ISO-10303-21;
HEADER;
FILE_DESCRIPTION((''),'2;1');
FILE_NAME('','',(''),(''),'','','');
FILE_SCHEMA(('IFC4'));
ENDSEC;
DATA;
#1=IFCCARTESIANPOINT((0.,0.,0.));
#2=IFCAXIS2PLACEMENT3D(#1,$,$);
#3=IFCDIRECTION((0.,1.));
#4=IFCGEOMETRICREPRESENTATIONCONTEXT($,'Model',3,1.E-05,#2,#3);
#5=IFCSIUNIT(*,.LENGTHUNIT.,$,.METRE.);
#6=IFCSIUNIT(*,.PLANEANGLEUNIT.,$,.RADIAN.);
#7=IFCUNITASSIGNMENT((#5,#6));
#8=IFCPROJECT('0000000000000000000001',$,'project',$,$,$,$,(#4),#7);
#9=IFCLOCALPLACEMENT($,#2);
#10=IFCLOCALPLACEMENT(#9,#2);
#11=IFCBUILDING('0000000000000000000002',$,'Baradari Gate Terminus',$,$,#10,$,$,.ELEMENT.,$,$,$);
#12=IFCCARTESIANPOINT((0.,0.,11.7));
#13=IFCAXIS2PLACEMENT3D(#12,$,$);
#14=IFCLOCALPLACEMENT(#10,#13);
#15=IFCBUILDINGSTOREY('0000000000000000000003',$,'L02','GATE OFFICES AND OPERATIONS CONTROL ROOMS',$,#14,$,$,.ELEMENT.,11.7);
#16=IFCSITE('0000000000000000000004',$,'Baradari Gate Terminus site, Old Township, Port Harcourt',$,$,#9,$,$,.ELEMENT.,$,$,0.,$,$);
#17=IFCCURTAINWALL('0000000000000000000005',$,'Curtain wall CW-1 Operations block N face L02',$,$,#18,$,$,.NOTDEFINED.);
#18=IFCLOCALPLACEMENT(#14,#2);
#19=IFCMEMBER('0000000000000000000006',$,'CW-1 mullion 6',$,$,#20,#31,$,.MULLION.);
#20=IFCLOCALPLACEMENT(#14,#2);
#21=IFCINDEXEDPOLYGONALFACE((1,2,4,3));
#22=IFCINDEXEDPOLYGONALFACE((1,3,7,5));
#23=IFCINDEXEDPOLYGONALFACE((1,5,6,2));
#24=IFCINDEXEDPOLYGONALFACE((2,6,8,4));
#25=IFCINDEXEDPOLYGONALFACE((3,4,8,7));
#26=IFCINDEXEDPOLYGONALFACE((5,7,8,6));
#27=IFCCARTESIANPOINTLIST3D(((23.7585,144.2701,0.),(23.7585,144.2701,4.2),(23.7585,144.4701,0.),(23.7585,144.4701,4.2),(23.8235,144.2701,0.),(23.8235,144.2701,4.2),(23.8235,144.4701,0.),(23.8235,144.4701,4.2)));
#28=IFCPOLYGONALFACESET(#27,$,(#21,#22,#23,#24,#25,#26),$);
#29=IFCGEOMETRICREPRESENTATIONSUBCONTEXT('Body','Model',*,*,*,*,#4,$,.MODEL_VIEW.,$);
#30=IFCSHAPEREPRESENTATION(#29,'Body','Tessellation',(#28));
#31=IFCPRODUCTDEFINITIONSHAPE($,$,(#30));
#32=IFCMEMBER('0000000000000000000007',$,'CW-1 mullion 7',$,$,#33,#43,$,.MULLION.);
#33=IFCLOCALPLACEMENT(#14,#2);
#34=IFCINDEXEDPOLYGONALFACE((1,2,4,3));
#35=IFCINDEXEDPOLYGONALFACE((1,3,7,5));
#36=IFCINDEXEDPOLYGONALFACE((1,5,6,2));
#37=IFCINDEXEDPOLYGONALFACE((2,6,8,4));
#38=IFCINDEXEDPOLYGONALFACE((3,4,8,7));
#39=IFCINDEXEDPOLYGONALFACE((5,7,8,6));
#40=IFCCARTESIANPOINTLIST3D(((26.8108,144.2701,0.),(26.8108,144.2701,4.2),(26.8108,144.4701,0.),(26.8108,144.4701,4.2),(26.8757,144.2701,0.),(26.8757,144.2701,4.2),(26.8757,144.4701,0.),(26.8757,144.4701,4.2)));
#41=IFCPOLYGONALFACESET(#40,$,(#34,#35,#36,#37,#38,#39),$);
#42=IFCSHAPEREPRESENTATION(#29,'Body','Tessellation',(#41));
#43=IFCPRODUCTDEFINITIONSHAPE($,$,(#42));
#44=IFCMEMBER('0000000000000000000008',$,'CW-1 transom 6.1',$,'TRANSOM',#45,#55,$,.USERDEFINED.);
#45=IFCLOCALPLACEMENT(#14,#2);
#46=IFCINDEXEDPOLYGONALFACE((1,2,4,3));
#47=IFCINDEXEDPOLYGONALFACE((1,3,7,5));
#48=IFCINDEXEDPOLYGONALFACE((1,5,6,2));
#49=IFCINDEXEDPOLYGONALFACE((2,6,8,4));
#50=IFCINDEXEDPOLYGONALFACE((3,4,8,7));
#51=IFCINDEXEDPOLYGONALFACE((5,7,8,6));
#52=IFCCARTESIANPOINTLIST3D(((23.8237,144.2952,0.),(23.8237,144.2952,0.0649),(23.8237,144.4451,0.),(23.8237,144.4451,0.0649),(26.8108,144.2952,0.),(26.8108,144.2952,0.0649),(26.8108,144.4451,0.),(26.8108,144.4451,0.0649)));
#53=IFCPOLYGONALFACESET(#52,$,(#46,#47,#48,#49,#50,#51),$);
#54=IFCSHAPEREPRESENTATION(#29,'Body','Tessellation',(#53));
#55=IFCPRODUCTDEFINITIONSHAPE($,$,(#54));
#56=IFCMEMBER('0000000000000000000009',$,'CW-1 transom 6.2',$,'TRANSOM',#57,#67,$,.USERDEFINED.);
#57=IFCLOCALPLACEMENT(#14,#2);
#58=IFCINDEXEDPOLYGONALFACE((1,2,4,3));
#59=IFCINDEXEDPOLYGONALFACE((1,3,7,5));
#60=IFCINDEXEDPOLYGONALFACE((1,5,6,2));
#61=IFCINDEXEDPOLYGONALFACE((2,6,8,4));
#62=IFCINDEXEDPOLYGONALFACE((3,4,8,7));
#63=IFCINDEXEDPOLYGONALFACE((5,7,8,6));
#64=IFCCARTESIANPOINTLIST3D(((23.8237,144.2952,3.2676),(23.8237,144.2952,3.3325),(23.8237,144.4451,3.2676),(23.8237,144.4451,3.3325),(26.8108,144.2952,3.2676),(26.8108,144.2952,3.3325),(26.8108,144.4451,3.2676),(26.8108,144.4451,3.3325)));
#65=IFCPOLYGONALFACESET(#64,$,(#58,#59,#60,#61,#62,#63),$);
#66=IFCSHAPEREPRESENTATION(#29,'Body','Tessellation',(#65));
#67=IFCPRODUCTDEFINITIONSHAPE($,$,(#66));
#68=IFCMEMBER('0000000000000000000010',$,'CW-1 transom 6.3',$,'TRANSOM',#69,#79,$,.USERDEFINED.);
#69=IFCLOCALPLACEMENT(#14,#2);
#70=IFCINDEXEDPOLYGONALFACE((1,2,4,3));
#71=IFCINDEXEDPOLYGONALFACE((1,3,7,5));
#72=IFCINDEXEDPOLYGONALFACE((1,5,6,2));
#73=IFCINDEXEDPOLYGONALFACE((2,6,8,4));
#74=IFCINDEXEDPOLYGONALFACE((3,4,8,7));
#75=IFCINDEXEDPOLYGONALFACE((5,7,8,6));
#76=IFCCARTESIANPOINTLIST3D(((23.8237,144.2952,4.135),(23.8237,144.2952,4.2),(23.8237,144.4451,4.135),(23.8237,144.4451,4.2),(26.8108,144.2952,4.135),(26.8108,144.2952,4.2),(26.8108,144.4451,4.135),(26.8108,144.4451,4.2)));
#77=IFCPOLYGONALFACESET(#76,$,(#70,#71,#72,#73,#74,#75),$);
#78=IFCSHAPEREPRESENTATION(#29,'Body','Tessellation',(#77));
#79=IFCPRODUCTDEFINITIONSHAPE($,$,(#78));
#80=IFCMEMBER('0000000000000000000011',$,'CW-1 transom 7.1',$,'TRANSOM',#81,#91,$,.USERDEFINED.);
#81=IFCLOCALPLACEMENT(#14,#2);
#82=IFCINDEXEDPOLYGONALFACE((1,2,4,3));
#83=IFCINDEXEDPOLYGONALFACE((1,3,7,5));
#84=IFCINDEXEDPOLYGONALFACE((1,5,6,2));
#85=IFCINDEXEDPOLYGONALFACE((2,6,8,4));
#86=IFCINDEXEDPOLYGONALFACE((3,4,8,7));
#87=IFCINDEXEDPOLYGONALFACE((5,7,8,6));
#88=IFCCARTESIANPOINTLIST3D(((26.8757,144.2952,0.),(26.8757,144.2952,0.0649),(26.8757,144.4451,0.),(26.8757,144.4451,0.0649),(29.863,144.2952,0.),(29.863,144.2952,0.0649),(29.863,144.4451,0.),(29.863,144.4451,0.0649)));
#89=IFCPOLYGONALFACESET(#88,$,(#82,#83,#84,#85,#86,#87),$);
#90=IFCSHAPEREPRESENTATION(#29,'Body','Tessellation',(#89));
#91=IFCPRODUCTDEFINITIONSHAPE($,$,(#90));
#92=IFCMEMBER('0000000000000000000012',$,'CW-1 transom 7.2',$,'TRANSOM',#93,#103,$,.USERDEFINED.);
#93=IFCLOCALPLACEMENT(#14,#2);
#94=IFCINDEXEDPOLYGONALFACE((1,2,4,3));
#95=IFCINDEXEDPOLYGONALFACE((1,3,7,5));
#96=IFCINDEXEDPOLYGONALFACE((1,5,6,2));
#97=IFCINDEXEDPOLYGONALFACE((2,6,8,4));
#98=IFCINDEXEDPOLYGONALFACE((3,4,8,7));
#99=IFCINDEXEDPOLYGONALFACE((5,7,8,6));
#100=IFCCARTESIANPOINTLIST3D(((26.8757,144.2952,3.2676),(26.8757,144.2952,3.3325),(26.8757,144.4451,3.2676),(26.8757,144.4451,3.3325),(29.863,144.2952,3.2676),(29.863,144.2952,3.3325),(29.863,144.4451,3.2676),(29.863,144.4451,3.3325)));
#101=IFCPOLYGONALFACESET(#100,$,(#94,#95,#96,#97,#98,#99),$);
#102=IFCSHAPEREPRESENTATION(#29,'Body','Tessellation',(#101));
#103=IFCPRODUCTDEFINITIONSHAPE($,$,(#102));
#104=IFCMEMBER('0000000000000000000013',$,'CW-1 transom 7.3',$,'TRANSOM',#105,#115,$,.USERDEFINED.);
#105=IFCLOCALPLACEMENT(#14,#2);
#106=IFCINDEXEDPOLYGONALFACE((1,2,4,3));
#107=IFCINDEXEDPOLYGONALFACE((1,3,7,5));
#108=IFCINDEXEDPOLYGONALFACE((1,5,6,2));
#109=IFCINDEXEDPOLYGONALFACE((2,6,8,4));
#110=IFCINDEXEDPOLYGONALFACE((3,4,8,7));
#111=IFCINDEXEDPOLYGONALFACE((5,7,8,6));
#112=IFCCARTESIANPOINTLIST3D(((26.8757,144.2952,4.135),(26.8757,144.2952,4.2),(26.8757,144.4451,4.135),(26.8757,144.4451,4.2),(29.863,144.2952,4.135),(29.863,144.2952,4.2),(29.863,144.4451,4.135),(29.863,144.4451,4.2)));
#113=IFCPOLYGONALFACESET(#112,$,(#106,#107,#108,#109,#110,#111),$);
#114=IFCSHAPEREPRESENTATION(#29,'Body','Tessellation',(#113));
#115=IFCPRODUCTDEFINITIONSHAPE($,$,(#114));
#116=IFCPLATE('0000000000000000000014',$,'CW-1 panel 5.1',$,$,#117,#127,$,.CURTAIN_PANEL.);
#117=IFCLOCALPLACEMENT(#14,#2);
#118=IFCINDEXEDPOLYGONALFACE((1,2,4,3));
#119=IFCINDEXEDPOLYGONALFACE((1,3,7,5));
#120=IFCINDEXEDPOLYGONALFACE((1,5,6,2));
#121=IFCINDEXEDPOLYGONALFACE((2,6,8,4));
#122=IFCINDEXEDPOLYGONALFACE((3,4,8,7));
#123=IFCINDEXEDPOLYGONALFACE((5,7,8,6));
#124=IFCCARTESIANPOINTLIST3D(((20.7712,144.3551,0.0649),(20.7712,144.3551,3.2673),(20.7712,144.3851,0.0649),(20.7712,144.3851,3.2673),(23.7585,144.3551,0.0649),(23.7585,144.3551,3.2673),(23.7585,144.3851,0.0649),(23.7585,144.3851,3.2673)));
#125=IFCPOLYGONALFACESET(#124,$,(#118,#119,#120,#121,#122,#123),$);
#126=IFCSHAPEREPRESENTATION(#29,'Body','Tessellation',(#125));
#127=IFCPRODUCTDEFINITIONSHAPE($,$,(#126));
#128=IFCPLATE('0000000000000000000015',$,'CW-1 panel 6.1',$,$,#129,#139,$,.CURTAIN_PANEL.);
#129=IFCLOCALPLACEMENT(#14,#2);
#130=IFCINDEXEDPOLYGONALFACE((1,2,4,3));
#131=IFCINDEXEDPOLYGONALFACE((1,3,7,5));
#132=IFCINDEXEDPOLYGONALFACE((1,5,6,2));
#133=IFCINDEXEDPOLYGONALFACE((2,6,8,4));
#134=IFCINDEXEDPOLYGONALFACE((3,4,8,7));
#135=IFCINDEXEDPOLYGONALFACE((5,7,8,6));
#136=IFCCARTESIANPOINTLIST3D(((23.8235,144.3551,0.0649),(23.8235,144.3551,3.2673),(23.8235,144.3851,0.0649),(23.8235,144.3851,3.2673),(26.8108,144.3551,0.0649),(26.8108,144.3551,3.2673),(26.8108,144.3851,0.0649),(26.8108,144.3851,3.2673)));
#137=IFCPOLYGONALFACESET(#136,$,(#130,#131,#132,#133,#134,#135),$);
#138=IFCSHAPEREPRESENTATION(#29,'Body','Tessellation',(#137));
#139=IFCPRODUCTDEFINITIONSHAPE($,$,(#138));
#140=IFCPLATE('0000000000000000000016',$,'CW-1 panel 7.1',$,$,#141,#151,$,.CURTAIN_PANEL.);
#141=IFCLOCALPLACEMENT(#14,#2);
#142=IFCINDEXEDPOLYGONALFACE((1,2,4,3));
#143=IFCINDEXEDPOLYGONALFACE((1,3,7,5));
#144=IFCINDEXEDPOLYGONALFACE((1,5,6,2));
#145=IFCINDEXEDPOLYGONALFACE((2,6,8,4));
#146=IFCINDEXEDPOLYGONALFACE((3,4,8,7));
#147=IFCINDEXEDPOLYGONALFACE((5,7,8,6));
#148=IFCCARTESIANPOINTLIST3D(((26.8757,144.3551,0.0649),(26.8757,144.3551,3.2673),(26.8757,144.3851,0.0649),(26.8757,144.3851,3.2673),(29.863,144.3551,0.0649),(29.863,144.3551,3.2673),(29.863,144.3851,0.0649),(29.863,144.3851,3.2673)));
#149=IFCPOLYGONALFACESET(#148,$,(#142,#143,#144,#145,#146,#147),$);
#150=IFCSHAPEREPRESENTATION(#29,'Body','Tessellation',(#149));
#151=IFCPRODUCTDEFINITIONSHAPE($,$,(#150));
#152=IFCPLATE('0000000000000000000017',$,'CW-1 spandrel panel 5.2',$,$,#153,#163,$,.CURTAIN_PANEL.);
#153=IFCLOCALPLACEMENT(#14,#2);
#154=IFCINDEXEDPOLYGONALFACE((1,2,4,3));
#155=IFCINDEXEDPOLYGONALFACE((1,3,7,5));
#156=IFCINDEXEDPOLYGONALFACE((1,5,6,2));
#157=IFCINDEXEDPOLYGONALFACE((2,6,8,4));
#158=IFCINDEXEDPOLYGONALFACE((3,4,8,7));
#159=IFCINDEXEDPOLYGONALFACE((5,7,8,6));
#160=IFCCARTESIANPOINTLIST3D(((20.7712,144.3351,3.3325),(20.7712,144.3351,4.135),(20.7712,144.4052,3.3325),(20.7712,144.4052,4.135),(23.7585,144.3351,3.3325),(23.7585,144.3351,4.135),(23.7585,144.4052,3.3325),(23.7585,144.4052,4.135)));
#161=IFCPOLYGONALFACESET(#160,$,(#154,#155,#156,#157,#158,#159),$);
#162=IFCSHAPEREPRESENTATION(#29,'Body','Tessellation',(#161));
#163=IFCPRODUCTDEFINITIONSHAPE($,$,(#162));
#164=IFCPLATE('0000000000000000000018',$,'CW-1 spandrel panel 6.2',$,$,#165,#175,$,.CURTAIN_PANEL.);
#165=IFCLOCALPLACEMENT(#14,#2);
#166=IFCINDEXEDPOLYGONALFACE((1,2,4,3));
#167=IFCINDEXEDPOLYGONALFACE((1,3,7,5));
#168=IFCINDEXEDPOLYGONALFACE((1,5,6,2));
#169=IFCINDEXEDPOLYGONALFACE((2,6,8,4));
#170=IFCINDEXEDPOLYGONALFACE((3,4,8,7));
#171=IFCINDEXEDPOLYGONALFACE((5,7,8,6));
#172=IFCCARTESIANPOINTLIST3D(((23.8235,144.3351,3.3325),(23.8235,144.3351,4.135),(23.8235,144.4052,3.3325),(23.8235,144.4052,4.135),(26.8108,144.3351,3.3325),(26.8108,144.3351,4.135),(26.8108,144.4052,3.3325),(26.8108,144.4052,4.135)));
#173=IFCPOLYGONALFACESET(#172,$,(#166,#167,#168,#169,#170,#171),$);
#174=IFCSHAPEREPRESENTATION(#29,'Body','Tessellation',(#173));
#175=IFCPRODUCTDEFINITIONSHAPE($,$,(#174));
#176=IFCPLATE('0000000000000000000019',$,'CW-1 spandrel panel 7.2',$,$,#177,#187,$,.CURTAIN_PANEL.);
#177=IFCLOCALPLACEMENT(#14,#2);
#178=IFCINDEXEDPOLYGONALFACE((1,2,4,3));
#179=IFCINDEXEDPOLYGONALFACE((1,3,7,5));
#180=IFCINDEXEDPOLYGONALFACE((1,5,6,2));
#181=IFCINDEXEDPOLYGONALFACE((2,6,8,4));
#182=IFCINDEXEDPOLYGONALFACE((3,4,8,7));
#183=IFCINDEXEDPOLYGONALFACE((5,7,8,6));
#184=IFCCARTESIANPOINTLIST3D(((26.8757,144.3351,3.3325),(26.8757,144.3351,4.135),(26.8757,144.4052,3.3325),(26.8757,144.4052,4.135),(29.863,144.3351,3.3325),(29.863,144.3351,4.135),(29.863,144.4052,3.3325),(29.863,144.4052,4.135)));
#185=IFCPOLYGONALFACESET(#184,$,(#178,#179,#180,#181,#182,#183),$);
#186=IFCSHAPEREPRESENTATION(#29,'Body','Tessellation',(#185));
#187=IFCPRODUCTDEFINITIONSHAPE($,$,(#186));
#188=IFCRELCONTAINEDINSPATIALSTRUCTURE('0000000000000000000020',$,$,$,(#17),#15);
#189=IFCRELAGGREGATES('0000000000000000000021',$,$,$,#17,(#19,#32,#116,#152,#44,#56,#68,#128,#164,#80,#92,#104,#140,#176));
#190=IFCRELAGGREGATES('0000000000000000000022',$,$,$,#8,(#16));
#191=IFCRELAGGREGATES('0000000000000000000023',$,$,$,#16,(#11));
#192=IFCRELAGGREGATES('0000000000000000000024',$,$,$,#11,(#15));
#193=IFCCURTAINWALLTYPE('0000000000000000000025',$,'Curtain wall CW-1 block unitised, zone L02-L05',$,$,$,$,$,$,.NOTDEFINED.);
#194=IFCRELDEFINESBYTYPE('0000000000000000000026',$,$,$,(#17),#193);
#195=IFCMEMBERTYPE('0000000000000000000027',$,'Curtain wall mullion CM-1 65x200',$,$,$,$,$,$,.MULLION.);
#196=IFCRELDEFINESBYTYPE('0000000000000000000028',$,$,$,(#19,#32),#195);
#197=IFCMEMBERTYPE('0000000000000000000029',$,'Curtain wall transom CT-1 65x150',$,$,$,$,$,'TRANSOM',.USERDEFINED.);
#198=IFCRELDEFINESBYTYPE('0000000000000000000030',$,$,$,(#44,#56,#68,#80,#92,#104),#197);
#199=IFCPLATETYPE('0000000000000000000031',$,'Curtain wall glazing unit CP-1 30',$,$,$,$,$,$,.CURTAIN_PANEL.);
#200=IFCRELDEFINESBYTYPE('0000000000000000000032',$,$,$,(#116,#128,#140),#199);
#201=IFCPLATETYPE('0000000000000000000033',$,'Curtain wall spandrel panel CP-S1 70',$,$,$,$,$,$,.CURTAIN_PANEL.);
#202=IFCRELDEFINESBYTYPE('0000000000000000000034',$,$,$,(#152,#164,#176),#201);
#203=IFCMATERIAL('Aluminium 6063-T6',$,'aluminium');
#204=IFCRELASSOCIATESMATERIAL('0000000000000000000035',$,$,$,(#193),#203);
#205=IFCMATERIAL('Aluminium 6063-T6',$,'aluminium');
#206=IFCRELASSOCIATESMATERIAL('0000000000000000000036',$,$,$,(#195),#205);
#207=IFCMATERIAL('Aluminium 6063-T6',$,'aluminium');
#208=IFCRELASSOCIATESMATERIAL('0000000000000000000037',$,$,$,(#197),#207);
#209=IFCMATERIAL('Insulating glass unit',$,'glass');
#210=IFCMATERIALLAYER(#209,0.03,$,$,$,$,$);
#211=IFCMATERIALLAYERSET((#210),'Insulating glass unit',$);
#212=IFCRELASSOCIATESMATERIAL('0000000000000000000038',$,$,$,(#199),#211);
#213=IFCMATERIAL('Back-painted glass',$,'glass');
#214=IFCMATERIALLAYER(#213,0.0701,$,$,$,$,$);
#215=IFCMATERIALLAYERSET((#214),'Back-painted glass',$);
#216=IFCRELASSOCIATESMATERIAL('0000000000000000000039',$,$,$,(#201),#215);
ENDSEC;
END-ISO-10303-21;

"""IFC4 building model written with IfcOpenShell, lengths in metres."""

from ifc_helpers import new_model, si_unit, direction, frame, origin, origin_2d, place, context, subcontext, project, spatial, rectangle, extrude, material, layer, layer_set, material_profile, profile_set, type_object, element, aggregate, save


model = new_model("IFC4")

# Units and contexts
model_context = context("Model", 3, precision=1e-05, world=origin(), true_north=direction((0.0, 1.0)))
body_context = subcontext(model_context, "Body", "Model", "MODEL_VIEW")
ifc_project = project(units=[si_unit("LENGTHUNIT", "METRE"), si_unit("PLANEANGLEUNIT", "RADIAN")], contexts=[model_context])

# Site, building, storey
site_placement = place(None, origin())
site = spatial("IfcSite", under=ifc_project, at=site_placement, Name="Baradari Gate Terminus site, Old Township, Port Harcourt", CompositionType="ELEMENT", RefElevation=0.0)
building_placement = place(site_placement, origin())
building = spatial("IfcBuilding", under=site, at=building_placement, Name="Baradari Gate Terminus", CompositionType="ELEMENT")
storey_placement = place(building_placement, frame((0.0, 0.0, 11.7)))
storey = spatial("IfcBuildingStorey", under=building, at=storey_placement, Name="L02", Description="GATE OFFICES AND OPERATIONS CONTROL ROOMS", CompositionType="ELEMENT", Elevation=11.7)

# Curtain wall, members, plates
ifc_material_1 = material(Name="Aluminium 6063-T6", Category="aluminium")
curtain_wall_type = type_object("IfcCurtainWallType", Name="Curtain wall CW-1 block unitised, zone L02-L05", PredefinedType="NOTDEFINED", material=ifc_material_1)
curtain_wall_placement = place(storey_placement, origin())
curtain_wall = element("IfcCurtainWall", 1, at=curtain_wall_placement, inside=storey, type_object=curtain_wall_type, Name="Curtain wall CW-1 Operations block N face L02", PredefinedType="NOTDEFINED")
ifc_material_2 = material(Name="Aluminium 6063-T6", Category="aluminium")
ifc_material_profile_1 = material_profile(ifc_material_2, rectangle(XDim=0.2, YDim=0.0649, at=origin_2d()), Name="CM-1 65X200")
ifc_profile_set_1 = profile_set([ifc_material_profile_1], Name="Aluminium 6063-T6")
member_type_1 = type_object("IfcMemberType", Name="Curtain wall mullion CM-1 65x200", PredefinedType="MULLION", material=ifc_profile_set_1)
member_1_placement = place(storey_placement, frame((23.791, 144.3701, 0.0), z_axis=(0.0, 0.0, 1.0), x_axis=(0.0, 1.0, 0.0)))
member_1 = element("IfcMember", 2, at=member_1_placement, type_object=member_type_1, Name="CW-1 mullion 6", PredefinedType="MULLION", context=body_context, shape_type="SweptSolid", body=[
    extrude(rectangle(XDim=0.2, YDim=0.0649, at=origin_2d()), origin(), (0.0, 0.0, 1.0), 4.2),
])
member_2_placement = place(storey_placement, frame((26.8433, 144.3701, 0.0), z_axis=(0.0, 0.0, 1.0), x_axis=(0.0, 1.0, 0.0)))
member_2 = element("IfcMember", 3, at=member_2_placement, type_object=member_type_1, Name="CW-1 mullion 7", PredefinedType="MULLION", context=body_context, shape_type="SweptSolid", body=[
    extrude(rectangle(XDim=0.2, YDim=0.0649, at=origin_2d()), origin(), (0.0, 0.0, 1.0), 4.2),
])
ifc_material_3 = material(Name="Aluminium 6063-T6", Category="aluminium")
ifc_material_profile_2 = material_profile(ifc_material_3, rectangle(XDim=0.1499, YDim=0.0649, at=origin_2d()), Name="CT-1 65X150")
ifc_profile_set_2 = profile_set([ifc_material_profile_2], Name="Aluminium 6063-T6")
member_type_2 = type_object("IfcMemberType", Name="Curtain wall transom CT-1 65x150", ElementType="TRANSOM", PredefinedType="USERDEFINED", material=ifc_profile_set_2)
member_3_placement = place(storey_placement, frame((23.8237, 144.3701, 0.0325), z_axis=(1.0, 0.0, 0.0), x_axis=(0.0, 1.0, 0.0)))
member_3 = element("IfcMember", 4, at=member_3_placement, type_object=member_type_2, Name="CW-1 transom 6.1", ObjectType="TRANSOM", PredefinedType="USERDEFINED", context=body_context, shape_type="SweptSolid", body=[
    extrude(rectangle(XDim=0.1499, YDim=0.0649, at=origin_2d()), origin(), (0.0, 0.0, 1.0), 2.9871),
])
member_4_placement = place(storey_placement, frame((23.8237, 144.3701, 3.3), z_axis=(1.0, 0.0, 0.0), x_axis=(0.0, 1.0, 0.0)))
member_4 = element("IfcMember", 5, at=member_4_placement, type_object=member_type_2, Name="CW-1 transom 6.2", ObjectType="TRANSOM", PredefinedType="USERDEFINED", context=body_context, shape_type="SweptSolid", body=[
    extrude(rectangle(XDim=0.1499, YDim=0.0649, at=origin_2d()), origin(), (0.0, 0.0, 1.0), 2.9871),
])
member_5_placement = place(storey_placement, frame((23.8237, 144.3701, 4.1675), z_axis=(1.0, 0.0, 0.0), x_axis=(0.0, 1.0, 0.0)))
member_5 = element("IfcMember", 6, at=member_5_placement, type_object=member_type_2, Name="CW-1 transom 6.3", ObjectType="TRANSOM", PredefinedType="USERDEFINED", context=body_context, shape_type="SweptSolid", body=[
    extrude(rectangle(XDim=0.1499, YDim=0.0649, at=origin_2d()), origin(), (0.0, 0.0, 1.0), 2.9871),
])
member_6_placement = place(storey_placement, frame((26.8757, 144.3701, 0.0325), z_axis=(1.0, 0.0, 0.0), x_axis=(0.0, 1.0, 0.0)))
member_6 = element("IfcMember", 7, at=member_6_placement, type_object=member_type_2, Name="CW-1 transom 7.1", ObjectType="TRANSOM", PredefinedType="USERDEFINED", context=body_context, shape_type="SweptSolid", body=[
    extrude(rectangle(XDim=0.1499, YDim=0.0649, at=origin_2d()), origin(), (0.0, 0.0, 1.0), 2.9873),
])
member_7_placement = place(storey_placement, frame((26.8757, 144.3701, 3.3), z_axis=(1.0, 0.0, 0.0), x_axis=(0.0, 1.0, 0.0)))
member_7 = element("IfcMember", 8, at=member_7_placement, type_object=member_type_2, Name="CW-1 transom 7.2", ObjectType="TRANSOM", PredefinedType="USERDEFINED", context=body_context, shape_type="SweptSolid", body=[
    extrude(rectangle(XDim=0.1499, YDim=0.0649, at=origin_2d()), origin(), (0.0, 0.0, 1.0), 2.9873),
])
member_8_placement = place(storey_placement, frame((26.8757, 144.3701, 4.1675), z_axis=(1.0, 0.0, 0.0), x_axis=(0.0, 1.0, 0.0)))
member_8 = element("IfcMember", 9, at=member_8_placement, type_object=member_type_2, Name="CW-1 transom 7.3", ObjectType="TRANSOM", PredefinedType="USERDEFINED", context=body_context, shape_type="SweptSolid", body=[
    extrude(rectangle(XDim=0.1499, YDim=0.0649, at=origin_2d()), origin(), (0.0, 0.0, 1.0), 2.9873),
])
ifc_material_4 = material(Name="Insulating glass unit", Category="glass")
ifc_layer_1 = layer(ifc_material_4, 0.03)
ifc_layer_set_1 = layer_set([ifc_layer_1], Name="Insulating glass unit")
plate_type_1 = type_object("IfcPlateType", Name="Curtain wall glazing unit CP-1 30", PredefinedType="CURTAIN_PANEL", material=ifc_layer_set_1)
plate_1_placement = place(storey_placement, frame((22.2649, 144.3701, 0.0649), z_axis=(0.0, 0.0, 1.0), x_axis=(1.0, 0.0, 0.0)))
plate_1 = element("IfcPlate", 10, at=plate_1_placement, type_object=plate_type_1, Name="CW-1 panel 5.1", PredefinedType="CURTAIN_PANEL", context=body_context, shape_type="SweptSolid", body=[
    extrude(rectangle(XDim=2.9873, YDim=0.03, at=origin_2d()), origin(), (0.0, 0.0, 1.0), 3.2024),
])
plate_2_placement = place(storey_placement, frame((25.3171, 144.3701, 0.0649), z_axis=(0.0, 0.0, 1.0), x_axis=(1.0, 0.0, 0.0)))
plate_2 = element("IfcPlate", 11, at=plate_2_placement, type_object=plate_type_1, Name="CW-1 panel 6.1", PredefinedType="CURTAIN_PANEL", context=body_context, shape_type="SweptSolid", body=[
    extrude(rectangle(XDim=2.9873, YDim=0.03, at=origin_2d()), origin(), (0.0, 0.0, 1.0), 3.2024),
])
plate_3_placement = place(storey_placement, frame((28.3694, 144.3701, 0.0649), z_axis=(0.0, 0.0, 1.0), x_axis=(1.0, 0.0, 0.0)))
plate_3 = element("IfcPlate", 12, at=plate_3_placement, type_object=plate_type_1, Name="CW-1 panel 7.1", PredefinedType="CURTAIN_PANEL", context=body_context, shape_type="SweptSolid", body=[
    extrude(rectangle(XDim=2.9873, YDim=0.03, at=origin_2d()), origin(), (0.0, 0.0, 1.0), 3.2024),
])
ifc_material_5 = material(Name="Back-painted glass", Category="glass")
ifc_layer_2 = layer(ifc_material_5, 0.0701)
ifc_layer_set_2 = layer_set([ifc_layer_2], Name="Back-painted glass")
plate_type_2 = type_object("IfcPlateType", Name="Curtain wall spandrel panel CP-S1 70", PredefinedType="CURTAIN_PANEL", material=ifc_layer_set_2)
plate_4_placement = place(storey_placement, frame((22.2649, 144.3701, 3.3325), z_axis=(0.0, 0.0, 1.0), x_axis=(1.0, 0.0, 0.0)))
plate_4 = element("IfcPlate", 13, at=plate_4_placement, type_object=plate_type_2, Name="CW-1 spandrel panel 5.2", PredefinedType="CURTAIN_PANEL", context=body_context, shape_type="SweptSolid", body=[
    extrude(rectangle(XDim=2.9873, YDim=0.0701, at=origin_2d()), origin(), (0.0, 0.0, 1.0), 0.8025),
])
plate_5_placement = place(storey_placement, frame((25.3171, 144.3701, 3.3325), z_axis=(0.0, 0.0, 1.0), x_axis=(1.0, 0.0, 0.0)))
plate_5 = element("IfcPlate", 14, at=plate_5_placement, type_object=plate_type_2, Name="CW-1 spandrel panel 6.2", PredefinedType="CURTAIN_PANEL", context=body_context, shape_type="SweptSolid", body=[
    extrude(rectangle(XDim=2.9873, YDim=0.0701, at=origin_2d()), origin(), (0.0, 0.0, 1.0), 0.8025),
])
plate_6_placement = place(storey_placement, frame((28.3694, 144.3701, 3.3325), z_axis=(0.0, 0.0, 1.0), x_axis=(1.0, 0.0, 0.0)))
plate_6 = element("IfcPlate", 15, at=plate_6_placement, type_object=plate_type_2, Name="CW-1 spandrel panel 7.2", PredefinedType="CURTAIN_PANEL", context=body_context, shape_type="SweptSolid", body=[
    extrude(rectangle(XDim=2.9873, YDim=0.0701, at=origin_2d()), origin(), (0.0, 0.0, 1.0), 0.8025),
])
aggregate(curtain_wall, [member_1, member_2, plate_1, plate_4, member_3, member_4, member_5, plate_2, plate_5, member_6, member_7, member_8, plate_3, plate_6])

save(model, "model.ifc")
